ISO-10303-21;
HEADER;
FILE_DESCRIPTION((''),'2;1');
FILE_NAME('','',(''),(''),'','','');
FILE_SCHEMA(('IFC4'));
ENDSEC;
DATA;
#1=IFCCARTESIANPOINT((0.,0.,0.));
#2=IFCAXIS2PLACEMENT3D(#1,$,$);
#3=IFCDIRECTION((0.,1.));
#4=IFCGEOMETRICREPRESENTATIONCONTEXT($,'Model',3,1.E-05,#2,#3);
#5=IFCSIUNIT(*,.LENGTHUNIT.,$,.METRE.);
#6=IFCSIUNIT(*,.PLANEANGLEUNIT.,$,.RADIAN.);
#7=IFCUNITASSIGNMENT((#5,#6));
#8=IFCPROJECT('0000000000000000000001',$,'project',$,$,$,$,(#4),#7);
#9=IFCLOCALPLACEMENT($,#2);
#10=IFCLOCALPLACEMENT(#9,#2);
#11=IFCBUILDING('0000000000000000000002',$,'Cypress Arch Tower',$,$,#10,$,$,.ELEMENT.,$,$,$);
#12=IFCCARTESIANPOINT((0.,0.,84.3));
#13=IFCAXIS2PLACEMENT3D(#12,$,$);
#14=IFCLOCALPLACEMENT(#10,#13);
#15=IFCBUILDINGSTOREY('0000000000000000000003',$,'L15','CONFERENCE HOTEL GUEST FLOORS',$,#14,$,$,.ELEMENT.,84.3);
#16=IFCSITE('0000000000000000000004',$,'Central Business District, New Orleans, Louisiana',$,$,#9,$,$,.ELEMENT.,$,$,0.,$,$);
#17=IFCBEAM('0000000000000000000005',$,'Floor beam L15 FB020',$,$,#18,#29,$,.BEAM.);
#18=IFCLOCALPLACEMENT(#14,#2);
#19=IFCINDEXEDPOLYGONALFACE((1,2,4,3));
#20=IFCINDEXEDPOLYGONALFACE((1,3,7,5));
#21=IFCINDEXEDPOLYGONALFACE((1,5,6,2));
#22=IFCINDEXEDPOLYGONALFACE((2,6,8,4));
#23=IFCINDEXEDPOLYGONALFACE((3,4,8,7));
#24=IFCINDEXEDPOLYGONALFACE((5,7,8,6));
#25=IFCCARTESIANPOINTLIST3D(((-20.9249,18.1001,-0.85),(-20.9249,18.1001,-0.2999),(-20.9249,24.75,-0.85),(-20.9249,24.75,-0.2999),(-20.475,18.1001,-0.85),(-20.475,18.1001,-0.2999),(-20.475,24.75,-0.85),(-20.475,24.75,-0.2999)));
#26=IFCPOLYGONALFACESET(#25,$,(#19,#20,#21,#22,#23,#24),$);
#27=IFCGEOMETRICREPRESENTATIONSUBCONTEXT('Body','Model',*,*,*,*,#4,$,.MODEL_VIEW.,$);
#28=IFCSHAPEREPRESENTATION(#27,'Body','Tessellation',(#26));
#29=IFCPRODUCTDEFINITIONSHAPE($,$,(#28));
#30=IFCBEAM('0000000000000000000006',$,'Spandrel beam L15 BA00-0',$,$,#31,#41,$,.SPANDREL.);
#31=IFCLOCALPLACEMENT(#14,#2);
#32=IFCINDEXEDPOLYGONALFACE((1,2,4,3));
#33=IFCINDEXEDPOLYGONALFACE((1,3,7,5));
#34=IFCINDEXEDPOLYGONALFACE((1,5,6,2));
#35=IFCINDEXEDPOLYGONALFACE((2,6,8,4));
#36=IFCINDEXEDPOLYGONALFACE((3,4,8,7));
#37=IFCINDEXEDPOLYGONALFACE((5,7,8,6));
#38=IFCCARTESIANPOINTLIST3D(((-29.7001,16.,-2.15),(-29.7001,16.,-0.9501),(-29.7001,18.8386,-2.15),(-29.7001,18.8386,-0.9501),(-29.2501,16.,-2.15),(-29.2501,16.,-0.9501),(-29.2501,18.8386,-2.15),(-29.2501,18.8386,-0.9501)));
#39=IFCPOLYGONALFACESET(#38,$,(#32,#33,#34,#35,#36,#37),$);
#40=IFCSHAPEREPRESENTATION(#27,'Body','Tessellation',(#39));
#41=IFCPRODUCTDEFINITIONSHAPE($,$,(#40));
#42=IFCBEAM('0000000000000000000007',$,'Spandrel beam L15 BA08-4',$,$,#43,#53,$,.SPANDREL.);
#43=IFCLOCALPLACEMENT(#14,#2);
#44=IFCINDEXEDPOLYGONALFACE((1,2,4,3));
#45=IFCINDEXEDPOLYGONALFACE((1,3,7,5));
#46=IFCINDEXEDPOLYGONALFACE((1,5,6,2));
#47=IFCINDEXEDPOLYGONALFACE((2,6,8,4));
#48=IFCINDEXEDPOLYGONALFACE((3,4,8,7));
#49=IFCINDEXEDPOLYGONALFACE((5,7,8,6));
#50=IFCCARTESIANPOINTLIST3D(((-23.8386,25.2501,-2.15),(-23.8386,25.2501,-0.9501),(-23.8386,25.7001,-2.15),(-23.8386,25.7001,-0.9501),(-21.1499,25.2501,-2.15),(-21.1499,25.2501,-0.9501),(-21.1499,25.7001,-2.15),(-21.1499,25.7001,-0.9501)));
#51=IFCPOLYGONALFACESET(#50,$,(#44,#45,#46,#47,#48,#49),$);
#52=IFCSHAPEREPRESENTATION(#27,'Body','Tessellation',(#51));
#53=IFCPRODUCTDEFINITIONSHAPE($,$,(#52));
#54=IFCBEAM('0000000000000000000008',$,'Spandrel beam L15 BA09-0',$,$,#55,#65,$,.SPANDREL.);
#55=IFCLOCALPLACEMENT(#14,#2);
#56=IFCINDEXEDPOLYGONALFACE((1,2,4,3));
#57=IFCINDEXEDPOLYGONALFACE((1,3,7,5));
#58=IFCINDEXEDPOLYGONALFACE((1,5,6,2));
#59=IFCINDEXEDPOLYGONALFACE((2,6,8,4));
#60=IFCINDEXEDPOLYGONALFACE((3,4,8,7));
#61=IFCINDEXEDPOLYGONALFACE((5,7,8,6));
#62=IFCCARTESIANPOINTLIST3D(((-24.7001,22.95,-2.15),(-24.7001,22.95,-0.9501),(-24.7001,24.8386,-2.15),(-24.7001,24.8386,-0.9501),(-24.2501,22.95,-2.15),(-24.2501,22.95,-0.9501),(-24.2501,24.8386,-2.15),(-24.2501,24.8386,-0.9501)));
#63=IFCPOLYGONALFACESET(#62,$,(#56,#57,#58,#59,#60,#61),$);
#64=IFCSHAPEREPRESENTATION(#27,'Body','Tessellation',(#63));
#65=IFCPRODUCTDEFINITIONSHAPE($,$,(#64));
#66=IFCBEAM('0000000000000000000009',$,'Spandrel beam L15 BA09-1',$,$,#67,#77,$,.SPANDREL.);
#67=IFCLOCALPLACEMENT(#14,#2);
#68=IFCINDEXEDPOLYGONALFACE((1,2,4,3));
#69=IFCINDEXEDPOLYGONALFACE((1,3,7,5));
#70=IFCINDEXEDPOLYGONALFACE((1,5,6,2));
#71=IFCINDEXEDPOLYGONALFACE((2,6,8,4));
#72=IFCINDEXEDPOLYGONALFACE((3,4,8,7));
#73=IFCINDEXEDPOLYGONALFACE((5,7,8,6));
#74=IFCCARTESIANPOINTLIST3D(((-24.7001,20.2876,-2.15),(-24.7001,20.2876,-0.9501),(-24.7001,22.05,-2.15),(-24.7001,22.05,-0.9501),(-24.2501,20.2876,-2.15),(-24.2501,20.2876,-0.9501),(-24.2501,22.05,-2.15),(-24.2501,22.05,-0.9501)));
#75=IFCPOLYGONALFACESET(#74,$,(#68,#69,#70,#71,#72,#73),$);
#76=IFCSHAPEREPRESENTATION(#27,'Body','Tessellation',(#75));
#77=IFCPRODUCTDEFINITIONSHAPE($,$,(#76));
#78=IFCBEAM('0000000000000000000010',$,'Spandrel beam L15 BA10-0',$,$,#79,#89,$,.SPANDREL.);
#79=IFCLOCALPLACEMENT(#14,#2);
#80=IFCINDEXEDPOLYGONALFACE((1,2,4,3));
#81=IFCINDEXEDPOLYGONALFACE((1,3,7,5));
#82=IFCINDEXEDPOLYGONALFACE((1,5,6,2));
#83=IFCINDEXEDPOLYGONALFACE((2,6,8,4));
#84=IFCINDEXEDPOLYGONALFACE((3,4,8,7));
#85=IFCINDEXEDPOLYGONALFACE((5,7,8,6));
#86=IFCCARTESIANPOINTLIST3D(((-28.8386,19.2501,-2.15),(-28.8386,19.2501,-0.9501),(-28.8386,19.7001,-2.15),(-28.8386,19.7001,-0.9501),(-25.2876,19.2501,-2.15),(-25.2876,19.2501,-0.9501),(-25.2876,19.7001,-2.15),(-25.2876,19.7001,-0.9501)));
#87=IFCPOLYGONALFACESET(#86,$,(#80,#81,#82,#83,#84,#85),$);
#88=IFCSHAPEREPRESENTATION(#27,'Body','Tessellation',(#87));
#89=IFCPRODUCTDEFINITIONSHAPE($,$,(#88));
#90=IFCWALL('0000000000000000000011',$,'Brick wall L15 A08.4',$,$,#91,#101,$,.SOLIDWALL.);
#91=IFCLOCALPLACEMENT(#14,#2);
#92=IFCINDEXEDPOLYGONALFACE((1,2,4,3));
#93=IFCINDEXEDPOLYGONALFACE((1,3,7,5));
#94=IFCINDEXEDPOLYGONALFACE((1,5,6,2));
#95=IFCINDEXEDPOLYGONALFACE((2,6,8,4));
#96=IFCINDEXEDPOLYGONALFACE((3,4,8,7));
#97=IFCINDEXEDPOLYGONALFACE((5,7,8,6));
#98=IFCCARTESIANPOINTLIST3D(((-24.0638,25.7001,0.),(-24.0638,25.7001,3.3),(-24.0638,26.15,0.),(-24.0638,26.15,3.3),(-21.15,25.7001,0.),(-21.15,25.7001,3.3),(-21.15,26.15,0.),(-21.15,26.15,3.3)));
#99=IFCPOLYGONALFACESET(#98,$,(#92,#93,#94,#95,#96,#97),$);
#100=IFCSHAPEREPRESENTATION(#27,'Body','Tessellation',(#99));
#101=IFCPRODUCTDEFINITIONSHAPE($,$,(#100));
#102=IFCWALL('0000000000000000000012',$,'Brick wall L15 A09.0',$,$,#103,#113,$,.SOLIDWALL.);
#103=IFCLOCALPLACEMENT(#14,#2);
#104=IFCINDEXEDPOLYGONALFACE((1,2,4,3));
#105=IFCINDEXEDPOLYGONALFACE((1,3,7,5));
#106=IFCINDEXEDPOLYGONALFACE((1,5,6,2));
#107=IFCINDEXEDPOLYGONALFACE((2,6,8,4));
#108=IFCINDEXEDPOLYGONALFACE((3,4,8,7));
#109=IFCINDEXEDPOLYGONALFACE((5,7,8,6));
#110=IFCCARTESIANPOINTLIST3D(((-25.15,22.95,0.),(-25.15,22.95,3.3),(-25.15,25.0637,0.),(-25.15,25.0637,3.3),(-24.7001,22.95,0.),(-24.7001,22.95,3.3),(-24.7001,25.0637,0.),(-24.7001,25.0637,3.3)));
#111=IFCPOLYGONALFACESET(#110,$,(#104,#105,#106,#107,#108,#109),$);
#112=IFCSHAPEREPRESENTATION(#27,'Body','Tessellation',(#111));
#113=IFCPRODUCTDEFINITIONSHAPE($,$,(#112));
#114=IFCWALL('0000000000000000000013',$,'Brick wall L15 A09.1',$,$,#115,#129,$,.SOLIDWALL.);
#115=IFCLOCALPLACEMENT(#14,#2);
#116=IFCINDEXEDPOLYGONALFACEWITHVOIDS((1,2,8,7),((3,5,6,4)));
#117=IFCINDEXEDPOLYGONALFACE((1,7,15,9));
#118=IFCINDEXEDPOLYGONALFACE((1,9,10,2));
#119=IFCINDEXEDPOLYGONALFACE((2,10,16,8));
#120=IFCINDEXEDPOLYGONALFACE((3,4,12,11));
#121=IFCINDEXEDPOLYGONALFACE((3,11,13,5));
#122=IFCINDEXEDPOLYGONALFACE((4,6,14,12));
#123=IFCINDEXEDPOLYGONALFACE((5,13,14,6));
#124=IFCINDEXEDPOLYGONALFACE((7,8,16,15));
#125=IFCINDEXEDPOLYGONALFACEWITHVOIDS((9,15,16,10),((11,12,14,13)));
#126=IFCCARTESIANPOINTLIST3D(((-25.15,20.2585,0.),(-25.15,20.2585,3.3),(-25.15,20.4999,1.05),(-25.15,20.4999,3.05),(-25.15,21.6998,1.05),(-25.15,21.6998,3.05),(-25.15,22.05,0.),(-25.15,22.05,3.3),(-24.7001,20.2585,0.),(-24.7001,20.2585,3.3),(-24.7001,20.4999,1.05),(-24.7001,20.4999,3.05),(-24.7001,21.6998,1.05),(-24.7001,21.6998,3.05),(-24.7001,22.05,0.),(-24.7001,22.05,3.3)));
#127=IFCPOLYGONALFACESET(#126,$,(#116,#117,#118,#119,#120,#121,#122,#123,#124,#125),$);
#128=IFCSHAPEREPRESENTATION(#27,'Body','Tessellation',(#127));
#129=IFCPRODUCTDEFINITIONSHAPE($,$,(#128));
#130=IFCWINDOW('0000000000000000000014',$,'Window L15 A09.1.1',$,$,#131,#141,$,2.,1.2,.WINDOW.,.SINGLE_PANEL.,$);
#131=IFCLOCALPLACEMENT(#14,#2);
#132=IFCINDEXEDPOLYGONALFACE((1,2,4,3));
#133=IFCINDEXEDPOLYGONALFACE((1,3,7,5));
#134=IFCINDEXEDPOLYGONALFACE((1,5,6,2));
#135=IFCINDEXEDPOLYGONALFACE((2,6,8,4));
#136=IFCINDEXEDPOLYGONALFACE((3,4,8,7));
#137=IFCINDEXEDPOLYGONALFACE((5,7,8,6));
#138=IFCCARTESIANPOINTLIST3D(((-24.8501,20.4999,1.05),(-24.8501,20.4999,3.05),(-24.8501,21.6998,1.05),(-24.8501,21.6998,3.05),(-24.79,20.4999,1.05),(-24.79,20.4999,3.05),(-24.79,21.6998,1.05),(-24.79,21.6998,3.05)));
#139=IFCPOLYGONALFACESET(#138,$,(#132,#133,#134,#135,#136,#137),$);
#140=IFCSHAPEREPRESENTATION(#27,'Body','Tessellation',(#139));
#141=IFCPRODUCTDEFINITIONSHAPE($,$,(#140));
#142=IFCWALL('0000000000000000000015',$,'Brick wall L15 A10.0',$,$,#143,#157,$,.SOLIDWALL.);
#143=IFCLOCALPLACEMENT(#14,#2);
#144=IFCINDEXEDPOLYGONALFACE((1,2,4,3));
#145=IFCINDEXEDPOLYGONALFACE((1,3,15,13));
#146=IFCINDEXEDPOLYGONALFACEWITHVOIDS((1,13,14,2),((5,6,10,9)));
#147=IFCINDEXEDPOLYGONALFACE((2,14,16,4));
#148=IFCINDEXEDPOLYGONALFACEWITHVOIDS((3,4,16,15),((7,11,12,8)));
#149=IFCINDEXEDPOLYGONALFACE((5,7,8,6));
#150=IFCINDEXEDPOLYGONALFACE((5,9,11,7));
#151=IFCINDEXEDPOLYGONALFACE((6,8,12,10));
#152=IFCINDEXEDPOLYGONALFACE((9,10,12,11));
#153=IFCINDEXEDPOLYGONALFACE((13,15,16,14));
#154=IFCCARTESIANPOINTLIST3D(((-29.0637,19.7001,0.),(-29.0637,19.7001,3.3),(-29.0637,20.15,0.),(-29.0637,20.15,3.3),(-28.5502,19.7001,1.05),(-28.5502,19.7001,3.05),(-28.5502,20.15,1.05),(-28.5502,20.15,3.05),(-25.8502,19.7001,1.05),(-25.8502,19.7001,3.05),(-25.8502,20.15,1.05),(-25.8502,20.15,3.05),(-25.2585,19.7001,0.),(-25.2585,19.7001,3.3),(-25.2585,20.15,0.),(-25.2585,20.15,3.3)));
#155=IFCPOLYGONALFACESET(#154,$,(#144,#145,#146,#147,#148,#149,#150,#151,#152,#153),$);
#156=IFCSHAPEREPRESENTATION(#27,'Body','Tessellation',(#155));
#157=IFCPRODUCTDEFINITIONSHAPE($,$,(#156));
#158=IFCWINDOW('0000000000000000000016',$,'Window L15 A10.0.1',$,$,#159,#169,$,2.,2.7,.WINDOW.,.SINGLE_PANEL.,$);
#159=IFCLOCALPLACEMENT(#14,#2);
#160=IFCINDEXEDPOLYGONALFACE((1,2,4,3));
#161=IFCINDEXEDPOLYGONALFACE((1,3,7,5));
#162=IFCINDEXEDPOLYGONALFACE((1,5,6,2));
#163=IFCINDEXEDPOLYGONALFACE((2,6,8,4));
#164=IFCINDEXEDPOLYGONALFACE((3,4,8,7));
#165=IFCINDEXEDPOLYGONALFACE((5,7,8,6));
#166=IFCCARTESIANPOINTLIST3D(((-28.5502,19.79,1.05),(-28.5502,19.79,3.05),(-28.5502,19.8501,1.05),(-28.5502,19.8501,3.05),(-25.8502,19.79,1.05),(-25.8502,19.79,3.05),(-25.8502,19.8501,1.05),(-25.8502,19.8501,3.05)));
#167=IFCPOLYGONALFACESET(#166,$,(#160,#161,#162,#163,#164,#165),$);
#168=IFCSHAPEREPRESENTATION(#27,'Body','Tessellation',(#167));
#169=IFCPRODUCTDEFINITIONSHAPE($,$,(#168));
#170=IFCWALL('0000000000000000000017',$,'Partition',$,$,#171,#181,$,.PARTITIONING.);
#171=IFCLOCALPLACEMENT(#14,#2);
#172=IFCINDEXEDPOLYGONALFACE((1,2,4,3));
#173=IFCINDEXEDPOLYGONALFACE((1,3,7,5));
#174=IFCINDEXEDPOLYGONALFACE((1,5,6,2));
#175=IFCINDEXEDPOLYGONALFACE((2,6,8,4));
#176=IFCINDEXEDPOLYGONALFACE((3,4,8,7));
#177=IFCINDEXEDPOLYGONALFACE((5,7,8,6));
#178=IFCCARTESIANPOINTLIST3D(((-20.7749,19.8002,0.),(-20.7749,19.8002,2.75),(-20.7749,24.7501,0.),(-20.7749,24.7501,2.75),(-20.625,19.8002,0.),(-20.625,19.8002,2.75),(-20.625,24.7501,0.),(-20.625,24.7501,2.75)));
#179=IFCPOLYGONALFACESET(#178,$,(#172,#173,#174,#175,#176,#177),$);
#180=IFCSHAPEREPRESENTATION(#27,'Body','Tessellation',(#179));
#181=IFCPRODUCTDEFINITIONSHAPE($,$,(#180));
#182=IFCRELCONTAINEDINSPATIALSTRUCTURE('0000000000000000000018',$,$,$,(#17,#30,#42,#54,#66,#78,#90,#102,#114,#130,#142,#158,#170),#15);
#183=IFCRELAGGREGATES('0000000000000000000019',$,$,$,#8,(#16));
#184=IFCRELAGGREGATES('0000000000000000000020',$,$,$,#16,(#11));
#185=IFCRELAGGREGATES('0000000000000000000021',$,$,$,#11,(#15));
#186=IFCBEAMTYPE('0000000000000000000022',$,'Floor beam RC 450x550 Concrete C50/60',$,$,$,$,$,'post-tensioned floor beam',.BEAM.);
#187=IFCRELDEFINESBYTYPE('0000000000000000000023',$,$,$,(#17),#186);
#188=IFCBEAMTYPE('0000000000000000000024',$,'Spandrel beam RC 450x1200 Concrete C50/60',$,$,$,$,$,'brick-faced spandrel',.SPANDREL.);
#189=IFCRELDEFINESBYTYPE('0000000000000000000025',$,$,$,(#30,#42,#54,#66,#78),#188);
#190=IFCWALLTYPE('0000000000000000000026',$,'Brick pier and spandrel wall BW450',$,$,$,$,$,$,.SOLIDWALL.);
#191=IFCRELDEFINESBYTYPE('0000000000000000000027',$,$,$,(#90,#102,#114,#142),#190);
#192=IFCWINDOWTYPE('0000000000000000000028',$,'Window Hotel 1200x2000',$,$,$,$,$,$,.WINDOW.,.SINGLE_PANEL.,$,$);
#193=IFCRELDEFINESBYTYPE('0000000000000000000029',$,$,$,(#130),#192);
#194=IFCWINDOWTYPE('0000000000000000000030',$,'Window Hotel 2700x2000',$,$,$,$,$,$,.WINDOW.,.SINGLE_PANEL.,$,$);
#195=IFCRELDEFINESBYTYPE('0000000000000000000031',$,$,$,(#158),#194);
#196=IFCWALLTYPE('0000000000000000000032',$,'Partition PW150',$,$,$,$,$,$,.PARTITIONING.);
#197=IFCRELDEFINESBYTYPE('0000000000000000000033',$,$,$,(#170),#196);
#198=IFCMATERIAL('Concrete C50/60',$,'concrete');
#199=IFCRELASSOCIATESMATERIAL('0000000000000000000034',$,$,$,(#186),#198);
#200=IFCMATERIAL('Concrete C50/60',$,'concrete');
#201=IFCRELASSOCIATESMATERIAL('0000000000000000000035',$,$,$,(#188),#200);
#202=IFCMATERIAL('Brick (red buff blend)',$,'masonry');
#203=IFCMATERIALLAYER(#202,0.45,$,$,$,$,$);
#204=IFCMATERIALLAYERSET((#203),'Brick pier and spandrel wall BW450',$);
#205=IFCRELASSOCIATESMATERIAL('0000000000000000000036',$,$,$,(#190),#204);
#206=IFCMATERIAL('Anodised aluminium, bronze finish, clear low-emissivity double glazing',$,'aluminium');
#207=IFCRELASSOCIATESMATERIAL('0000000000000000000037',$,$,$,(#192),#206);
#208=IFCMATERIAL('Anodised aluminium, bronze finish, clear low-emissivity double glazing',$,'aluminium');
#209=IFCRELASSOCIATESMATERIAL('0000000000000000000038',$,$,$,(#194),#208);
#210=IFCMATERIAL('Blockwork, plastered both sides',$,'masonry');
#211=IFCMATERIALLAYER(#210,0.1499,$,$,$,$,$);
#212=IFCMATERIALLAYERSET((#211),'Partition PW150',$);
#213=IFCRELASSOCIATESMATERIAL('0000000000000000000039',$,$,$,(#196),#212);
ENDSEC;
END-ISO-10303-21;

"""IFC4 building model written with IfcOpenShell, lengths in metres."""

from ifc_helpers import new_model, si_unit, direction, frame, frame_2d, origin, origin_2d, place, context, subcontext, project, spatial, rectangle, extrude, material, layer, layer_set, material_profile, profile_set, type_object, element, fill, save


model = new_model("IFC4")

# Units and contexts
model_context = context("Model", 3, precision=1e-05, world=origin(), true_north=direction((0.0, 1.0)))
body_context = subcontext(model_context, "Body", "Model", "MODEL_VIEW")
ifc_project = project(units=[si_unit("LENGTHUNIT", "METRE"), si_unit("PLANEANGLEUNIT", "RADIAN")], contexts=[model_context])

# Site, building, storey
site_placement = place(None, origin())
site = spatial("IfcSite", under=ifc_project, at=site_placement, Name="Central Business District, New Orleans, Louisiana", CompositionType="ELEMENT", RefElevation=0.0)
building_placement = place(site_placement, origin())
building = spatial("IfcBuilding", under=site, at=building_placement, Name="Cypress Arch Tower", CompositionType="ELEMENT")
storey_placement = place(building_placement, frame((0.0, 0.0, 84.3)))
storey = spatial("IfcBuildingStorey", under=building, at=storey_placement, Name="L15", Description="CONFERENCE HOTEL GUEST FLOORS", CompositionType="ELEMENT", Elevation=84.3)

# Beams
ifc_material_1 = material(Name="Concrete C50/60", Category="concrete")
ifc_material_profile_1 = material_profile(ifc_material_1, rectangle(XDim=0.45, YDim=0.55, at=origin_2d()), Name="RC 450x550")
ifc_profile_set_1 = profile_set([ifc_material_profile_1], Name="Concrete C50/60")
beam_type_1 = type_object("IfcBeamType", Name="Floor beam RC 450x550 Concrete C50/60", ElementType="post-tensioned floor beam", PredefinedType="BEAM", material=ifc_profile_set_1)
beam_1_placement = place(storey_placement, frame((-20.7, 18.1001, -0.575), z_axis=(0.0, 1.0, 0.0), x_axis=(-1.0, 0.0, 0.0)))
element("IfcBeam", 1, at=beam_1_placement, inside=storey, type_object=beam_type_1, Name="Floor beam L15 FB020", PredefinedType="BEAM", context=body_context, shape_type="SweptSolid", body=[
    extrude(rectangle(XDim=0.45, YDim=0.55, at=origin_2d()), origin(), (0.0, 0.0, 1.0), 6.6499),
])
ifc_material_2 = material(Name="Concrete C50/60", Category="concrete")
ifc_material_profile_2 = material_profile(ifc_material_2, rectangle(XDim=0.45, YDim=1.2, at=origin_2d()), Name="RC 450x1200")
ifc_profile_set_2 = profile_set([ifc_material_profile_2], Name="Concrete C50/60")
beam_type_2 = type_object("IfcBeamType", Name="Spandrel beam RC 450x1200 Concrete C50/60", ElementType="brick-faced spandrel", PredefinedType="SPANDREL", material=ifc_profile_set_2)
beam_2_placement = place(storey_placement, frame((-29.4751, 18.8386, -1.55), z_axis=(0.0, -1.0, 0.0), x_axis=(1.0, 0.0, 0.0)))
element("IfcBeam", 2, at=beam_2_placement, inside=storey, type_object=beam_type_2, Name="Spandrel beam L15 BA00-0", PredefinedType="SPANDREL", context=body_context, shape_type="SweptSolid", body=[
    extrude(rectangle(XDim=0.45, YDim=1.2, at=origin_2d()), origin(), (0.0, 0.0, 1.0), 2.8386),
])
beam_3_placement = place(storey_placement, frame((-21.1499, 25.4751, -1.55), z_axis=(-1.0, 0.0, 0.0), x_axis=(0.0, -1.0, 0.0)))
element("IfcBeam", 3, at=beam_3_placement, inside=storey, type_object=beam_type_2, Name="Spandrel beam L15 BA08-4", PredefinedType="SPANDREL", context=body_context, shape_type="SweptSolid", body=[
    extrude(rectangle(XDim=0.45, YDim=1.2, at=origin_2d()), origin(), (0.0, 0.0, 1.0), 2.6887),
])
beam_4_placement = place(storey_placement, frame((-24.4751, 24.8386, -1.55), z_axis=(0.0, -1.0, 0.0), x_axis=(1.0, 0.0, 0.0)))
element("IfcBeam", 4, at=beam_4_placement, inside=storey, type_object=beam_type_2, Name="Spandrel beam L15 BA09-0", PredefinedType="SPANDREL", context=body_context, shape_type="SweptSolid", body=[
    extrude(rectangle(XDim=0.45, YDim=1.2, at=origin_2d()), origin(), (0.0, 0.0, 1.0), 1.8887),
])
beam_5_placement = place(storey_placement, frame((-24.4751, 22.05, -1.55), z_axis=(0.0, -1.0, 0.0), x_axis=(1.0, 0.0, 0.0)))
element("IfcBeam", 5, at=beam_5_placement, inside=storey, type_object=beam_type_2, Name="Spandrel beam L15 BA09-1", PredefinedType="SPANDREL", context=body_context, shape_type="SweptSolid", body=[
    extrude(rectangle(XDim=0.45, YDim=1.2, at=origin_2d()), origin(), (0.0, 0.0, 1.0), 1.7625),
])
beam_6_placement = place(storey_placement, frame((-25.2876, 19.4751, -1.55), z_axis=(-1.0, 0.0, 0.0), x_axis=(0.0, -1.0, 0.0)))
element("IfcBeam", 6, at=beam_6_placement, inside=storey, type_object=beam_type_2, Name="Spandrel beam L15 BA10-0", PredefinedType="SPANDREL", context=body_context, shape_type="SweptSolid", body=[
    extrude(rectangle(XDim=0.45, YDim=1.2, at=origin_2d()), origin(), (0.0, 0.0, 1.0), 3.551),
])

# Shared definitions
ifc_material_3 = material(Name="Brick (red buff blend)", Category="masonry")
ifc_layer_1 = layer(ifc_material_3, 0.45)
ifc_layer_set_1 = layer_set([ifc_layer_1], Name="Brick pier and spandrel wall BW450")
wall_type_1 = type_object("IfcWallType", Name="Brick pier and spandrel wall BW450", PredefinedType="SOLIDWALL", material=ifc_layer_set_1)

# Walls
wall_1_placement = place(storey_placement, frame((-21.1499, 25.925, 0.0), z_axis=(0.0, 0.0, 1.0), x_axis=(-1.0, 0.0, 0.0)))
element("IfcWall", 7, at=wall_1_placement, inside=storey, type_object=wall_type_1, Name="Brick wall L15 A08.4", PredefinedType="SOLIDWALL", context=body_context, shape_type="SweptSolid", body=[
    extrude(rectangle(XDim=2.9138, YDim=0.45, at=frame_2d((1.457, 0.0))), origin(), (0.0, 0.0, 1.0), 3.3),
])
wall_2_placement = place(storey_placement, frame((-24.925, 25.0637, 0.0), z_axis=(0.0, 0.0, 1.0), x_axis=(0.0, -1.0, 0.0)))
element("IfcWall", 8, at=wall_2_placement, inside=storey, type_object=wall_type_1, Name="Brick wall L15 A09.0", PredefinedType="SOLIDWALL", context=body_context, shape_type="SweptSolid", body=[
    extrude(rectangle(XDim=2.1138, YDim=0.45, at=frame_2d((1.0569, 0.0))), origin(), (0.0, 0.0, 1.0), 3.3),
])

# Walls, openings, windows
wall_3_placement = place(storey_placement, frame((-24.925, 22.05, 0.0), z_axis=(0.0, 0.0, 1.0), x_axis=(0.0, -1.0, 0.0)))
wall_3 = element("IfcWall", 9, at=wall_3_placement, inside=storey, type_object=wall_type_1, Name="Brick wall L15 A09.1", PredefinedType="SOLIDWALL", context=body_context, shape_type="SweptSolid", body=[
    extrude(rectangle(XDim=1.7915, YDim=0.45, at=frame_2d((0.8958, 0.0))), origin(), (0.0, 0.0, 1.0), 3.3),
])
opening_1_placement = place(wall_3_placement, frame((0.3501, 0.0, 1.05)))
opening_1 = element("IfcOpeningElement", 10, at=opening_1_placement, cuts=wall_3, PredefinedType="OPENING", context=body_context, shape_type="SweptSolid", body=[
    extrude(rectangle(XDim=1.2, YDim=2.0, at=frame_2d((0.6001, 1.0))), frame((0.0, 0.2349, 0.0), z_axis=(0.0, -1.0, 0.0), x_axis=(1.0, 0.0, 0.0)), (0.0, 0.0, 1.0), 0.47),
])
ifc_material_4 = material(Name="Anodised aluminium, bronze finish, clear low-emissivity double glazing", Category="aluminium")
window_type_1 = type_object("IfcWindowType", Name="Window Hotel 1200x2000", PartitioningType="SINGLE_PANEL", PredefinedType="WINDOW", material=ifc_material_4)
window_1_placement = place(opening_1_placement, origin())
window_1 = element("IfcWindow", 11, at=window_1_placement, inside=storey, type_object=window_type_1, Name="Window L15 A09.1.1", OverallHeight=2.0, OverallWidth=1.2, PartitioningType="SINGLE_PANEL", PredefinedType="WINDOW", context=body_context, shape_type="SweptSolid", body=[
    extrude(rectangle(XDim=1.2, YDim=2.0, at=frame_2d((0.6001, 1.0))), frame((0.0, 0.135, 0.0), z_axis=(0.0, -1.0, 0.0), x_axis=(1.0, 0.0, 0.0)), (0.0, 0.0, 1.0), 0.0601),
])
fill(opening_1, window_1)
wall_4_placement = place(storey_placement, frame((-25.2585, 19.925, 0.0), z_axis=(0.0, 0.0, 1.0), x_axis=(-1.0, 0.0, 0.0)))
wall_4 = element("IfcWall", 12, at=wall_4_placement, inside=storey, type_object=wall_type_1, Name="Brick wall L15 A10.0", PredefinedType="SOLIDWALL", context=body_context, shape_type="SweptSolid", body=[
    extrude(rectangle(XDim=3.8052, YDim=0.45, at=frame_2d((1.9026, 0.0))), origin(), (0.0, 0.0, 1.0), 3.3),
])
opening_2_placement = place(wall_4_placement, frame((0.5916, 0.0, 1.05)))
opening_2 = element("IfcOpeningElement", 13, at=opening_2_placement, cuts=wall_4, PredefinedType="OPENING", context=body_context, shape_type="SweptSolid", body=[
    extrude(rectangle(XDim=2.7, YDim=2.0, at=frame_2d((1.3501, 1.0))), frame((0.0, 0.2349, 0.0), z_axis=(0.0, -1.0, 0.0), x_axis=(1.0, 0.0, 0.0)), (0.0, 0.0, 1.0), 0.47),
])
ifc_material_5 = material(Name="Anodised aluminium, bronze finish, clear low-emissivity double glazing", Category="aluminium")
window_type_2 = type_object("IfcWindowType", Name="Window Hotel 2700x2000", PartitioningType="SINGLE_PANEL", PredefinedType="WINDOW", material=ifc_material_5)
window_2_placement = place(opening_2_placement, origin())
window_2 = element("IfcWindow", 14, at=window_2_placement, inside=storey, type_object=window_type_2, Name="Window L15 A10.0.1", OverallHeight=2.0, OverallWidth=2.7, PartitioningType="SINGLE_PANEL", PredefinedType="WINDOW", context=body_context, shape_type="SweptSolid", body=[
    extrude(rectangle(XDim=2.7, YDim=2.0, at=frame_2d((1.3501, 1.0))), frame((0.0, 0.135, 0.0), z_axis=(0.0, -1.0, 0.0), x_axis=(1.0, 0.0, 0.0)), (0.0, 0.0, 1.0), 0.0601),
])
fill(opening_2, window_2)

# Wall
ifc_material_6 = material(Name="Blockwork, plastered both sides", Category="masonry")
ifc_layer_2 = layer(ifc_material_6, 0.1499)
ifc_layer_set_2 = layer_set([ifc_layer_2], Name="Partition PW150")
wall_type_2 = type_object("IfcWallType", Name="Partition PW150", PredefinedType="PARTITIONING", material=ifc_layer_set_2)
wall_5_placement = place(storey_placement, frame((-20.7, 19.8, 0.0), z_axis=(0.0, 0.0, 1.0), x_axis=(0.0, 1.0, 0.0)))
element("IfcWall", 15, at=wall_5_placement, inside=storey, type_object=wall_type_2, Name="Partition", PredefinedType="PARTITIONING", context=body_context, shape_type="SweptSolid", body=[
    extrude(rectangle(XDim=4.95, YDim=0.1499, at=frame_2d((2.4751, 0.0))), origin(), (0.0, 0.0, 1.0), 2.75),
])

save(model, "model.ifc")
